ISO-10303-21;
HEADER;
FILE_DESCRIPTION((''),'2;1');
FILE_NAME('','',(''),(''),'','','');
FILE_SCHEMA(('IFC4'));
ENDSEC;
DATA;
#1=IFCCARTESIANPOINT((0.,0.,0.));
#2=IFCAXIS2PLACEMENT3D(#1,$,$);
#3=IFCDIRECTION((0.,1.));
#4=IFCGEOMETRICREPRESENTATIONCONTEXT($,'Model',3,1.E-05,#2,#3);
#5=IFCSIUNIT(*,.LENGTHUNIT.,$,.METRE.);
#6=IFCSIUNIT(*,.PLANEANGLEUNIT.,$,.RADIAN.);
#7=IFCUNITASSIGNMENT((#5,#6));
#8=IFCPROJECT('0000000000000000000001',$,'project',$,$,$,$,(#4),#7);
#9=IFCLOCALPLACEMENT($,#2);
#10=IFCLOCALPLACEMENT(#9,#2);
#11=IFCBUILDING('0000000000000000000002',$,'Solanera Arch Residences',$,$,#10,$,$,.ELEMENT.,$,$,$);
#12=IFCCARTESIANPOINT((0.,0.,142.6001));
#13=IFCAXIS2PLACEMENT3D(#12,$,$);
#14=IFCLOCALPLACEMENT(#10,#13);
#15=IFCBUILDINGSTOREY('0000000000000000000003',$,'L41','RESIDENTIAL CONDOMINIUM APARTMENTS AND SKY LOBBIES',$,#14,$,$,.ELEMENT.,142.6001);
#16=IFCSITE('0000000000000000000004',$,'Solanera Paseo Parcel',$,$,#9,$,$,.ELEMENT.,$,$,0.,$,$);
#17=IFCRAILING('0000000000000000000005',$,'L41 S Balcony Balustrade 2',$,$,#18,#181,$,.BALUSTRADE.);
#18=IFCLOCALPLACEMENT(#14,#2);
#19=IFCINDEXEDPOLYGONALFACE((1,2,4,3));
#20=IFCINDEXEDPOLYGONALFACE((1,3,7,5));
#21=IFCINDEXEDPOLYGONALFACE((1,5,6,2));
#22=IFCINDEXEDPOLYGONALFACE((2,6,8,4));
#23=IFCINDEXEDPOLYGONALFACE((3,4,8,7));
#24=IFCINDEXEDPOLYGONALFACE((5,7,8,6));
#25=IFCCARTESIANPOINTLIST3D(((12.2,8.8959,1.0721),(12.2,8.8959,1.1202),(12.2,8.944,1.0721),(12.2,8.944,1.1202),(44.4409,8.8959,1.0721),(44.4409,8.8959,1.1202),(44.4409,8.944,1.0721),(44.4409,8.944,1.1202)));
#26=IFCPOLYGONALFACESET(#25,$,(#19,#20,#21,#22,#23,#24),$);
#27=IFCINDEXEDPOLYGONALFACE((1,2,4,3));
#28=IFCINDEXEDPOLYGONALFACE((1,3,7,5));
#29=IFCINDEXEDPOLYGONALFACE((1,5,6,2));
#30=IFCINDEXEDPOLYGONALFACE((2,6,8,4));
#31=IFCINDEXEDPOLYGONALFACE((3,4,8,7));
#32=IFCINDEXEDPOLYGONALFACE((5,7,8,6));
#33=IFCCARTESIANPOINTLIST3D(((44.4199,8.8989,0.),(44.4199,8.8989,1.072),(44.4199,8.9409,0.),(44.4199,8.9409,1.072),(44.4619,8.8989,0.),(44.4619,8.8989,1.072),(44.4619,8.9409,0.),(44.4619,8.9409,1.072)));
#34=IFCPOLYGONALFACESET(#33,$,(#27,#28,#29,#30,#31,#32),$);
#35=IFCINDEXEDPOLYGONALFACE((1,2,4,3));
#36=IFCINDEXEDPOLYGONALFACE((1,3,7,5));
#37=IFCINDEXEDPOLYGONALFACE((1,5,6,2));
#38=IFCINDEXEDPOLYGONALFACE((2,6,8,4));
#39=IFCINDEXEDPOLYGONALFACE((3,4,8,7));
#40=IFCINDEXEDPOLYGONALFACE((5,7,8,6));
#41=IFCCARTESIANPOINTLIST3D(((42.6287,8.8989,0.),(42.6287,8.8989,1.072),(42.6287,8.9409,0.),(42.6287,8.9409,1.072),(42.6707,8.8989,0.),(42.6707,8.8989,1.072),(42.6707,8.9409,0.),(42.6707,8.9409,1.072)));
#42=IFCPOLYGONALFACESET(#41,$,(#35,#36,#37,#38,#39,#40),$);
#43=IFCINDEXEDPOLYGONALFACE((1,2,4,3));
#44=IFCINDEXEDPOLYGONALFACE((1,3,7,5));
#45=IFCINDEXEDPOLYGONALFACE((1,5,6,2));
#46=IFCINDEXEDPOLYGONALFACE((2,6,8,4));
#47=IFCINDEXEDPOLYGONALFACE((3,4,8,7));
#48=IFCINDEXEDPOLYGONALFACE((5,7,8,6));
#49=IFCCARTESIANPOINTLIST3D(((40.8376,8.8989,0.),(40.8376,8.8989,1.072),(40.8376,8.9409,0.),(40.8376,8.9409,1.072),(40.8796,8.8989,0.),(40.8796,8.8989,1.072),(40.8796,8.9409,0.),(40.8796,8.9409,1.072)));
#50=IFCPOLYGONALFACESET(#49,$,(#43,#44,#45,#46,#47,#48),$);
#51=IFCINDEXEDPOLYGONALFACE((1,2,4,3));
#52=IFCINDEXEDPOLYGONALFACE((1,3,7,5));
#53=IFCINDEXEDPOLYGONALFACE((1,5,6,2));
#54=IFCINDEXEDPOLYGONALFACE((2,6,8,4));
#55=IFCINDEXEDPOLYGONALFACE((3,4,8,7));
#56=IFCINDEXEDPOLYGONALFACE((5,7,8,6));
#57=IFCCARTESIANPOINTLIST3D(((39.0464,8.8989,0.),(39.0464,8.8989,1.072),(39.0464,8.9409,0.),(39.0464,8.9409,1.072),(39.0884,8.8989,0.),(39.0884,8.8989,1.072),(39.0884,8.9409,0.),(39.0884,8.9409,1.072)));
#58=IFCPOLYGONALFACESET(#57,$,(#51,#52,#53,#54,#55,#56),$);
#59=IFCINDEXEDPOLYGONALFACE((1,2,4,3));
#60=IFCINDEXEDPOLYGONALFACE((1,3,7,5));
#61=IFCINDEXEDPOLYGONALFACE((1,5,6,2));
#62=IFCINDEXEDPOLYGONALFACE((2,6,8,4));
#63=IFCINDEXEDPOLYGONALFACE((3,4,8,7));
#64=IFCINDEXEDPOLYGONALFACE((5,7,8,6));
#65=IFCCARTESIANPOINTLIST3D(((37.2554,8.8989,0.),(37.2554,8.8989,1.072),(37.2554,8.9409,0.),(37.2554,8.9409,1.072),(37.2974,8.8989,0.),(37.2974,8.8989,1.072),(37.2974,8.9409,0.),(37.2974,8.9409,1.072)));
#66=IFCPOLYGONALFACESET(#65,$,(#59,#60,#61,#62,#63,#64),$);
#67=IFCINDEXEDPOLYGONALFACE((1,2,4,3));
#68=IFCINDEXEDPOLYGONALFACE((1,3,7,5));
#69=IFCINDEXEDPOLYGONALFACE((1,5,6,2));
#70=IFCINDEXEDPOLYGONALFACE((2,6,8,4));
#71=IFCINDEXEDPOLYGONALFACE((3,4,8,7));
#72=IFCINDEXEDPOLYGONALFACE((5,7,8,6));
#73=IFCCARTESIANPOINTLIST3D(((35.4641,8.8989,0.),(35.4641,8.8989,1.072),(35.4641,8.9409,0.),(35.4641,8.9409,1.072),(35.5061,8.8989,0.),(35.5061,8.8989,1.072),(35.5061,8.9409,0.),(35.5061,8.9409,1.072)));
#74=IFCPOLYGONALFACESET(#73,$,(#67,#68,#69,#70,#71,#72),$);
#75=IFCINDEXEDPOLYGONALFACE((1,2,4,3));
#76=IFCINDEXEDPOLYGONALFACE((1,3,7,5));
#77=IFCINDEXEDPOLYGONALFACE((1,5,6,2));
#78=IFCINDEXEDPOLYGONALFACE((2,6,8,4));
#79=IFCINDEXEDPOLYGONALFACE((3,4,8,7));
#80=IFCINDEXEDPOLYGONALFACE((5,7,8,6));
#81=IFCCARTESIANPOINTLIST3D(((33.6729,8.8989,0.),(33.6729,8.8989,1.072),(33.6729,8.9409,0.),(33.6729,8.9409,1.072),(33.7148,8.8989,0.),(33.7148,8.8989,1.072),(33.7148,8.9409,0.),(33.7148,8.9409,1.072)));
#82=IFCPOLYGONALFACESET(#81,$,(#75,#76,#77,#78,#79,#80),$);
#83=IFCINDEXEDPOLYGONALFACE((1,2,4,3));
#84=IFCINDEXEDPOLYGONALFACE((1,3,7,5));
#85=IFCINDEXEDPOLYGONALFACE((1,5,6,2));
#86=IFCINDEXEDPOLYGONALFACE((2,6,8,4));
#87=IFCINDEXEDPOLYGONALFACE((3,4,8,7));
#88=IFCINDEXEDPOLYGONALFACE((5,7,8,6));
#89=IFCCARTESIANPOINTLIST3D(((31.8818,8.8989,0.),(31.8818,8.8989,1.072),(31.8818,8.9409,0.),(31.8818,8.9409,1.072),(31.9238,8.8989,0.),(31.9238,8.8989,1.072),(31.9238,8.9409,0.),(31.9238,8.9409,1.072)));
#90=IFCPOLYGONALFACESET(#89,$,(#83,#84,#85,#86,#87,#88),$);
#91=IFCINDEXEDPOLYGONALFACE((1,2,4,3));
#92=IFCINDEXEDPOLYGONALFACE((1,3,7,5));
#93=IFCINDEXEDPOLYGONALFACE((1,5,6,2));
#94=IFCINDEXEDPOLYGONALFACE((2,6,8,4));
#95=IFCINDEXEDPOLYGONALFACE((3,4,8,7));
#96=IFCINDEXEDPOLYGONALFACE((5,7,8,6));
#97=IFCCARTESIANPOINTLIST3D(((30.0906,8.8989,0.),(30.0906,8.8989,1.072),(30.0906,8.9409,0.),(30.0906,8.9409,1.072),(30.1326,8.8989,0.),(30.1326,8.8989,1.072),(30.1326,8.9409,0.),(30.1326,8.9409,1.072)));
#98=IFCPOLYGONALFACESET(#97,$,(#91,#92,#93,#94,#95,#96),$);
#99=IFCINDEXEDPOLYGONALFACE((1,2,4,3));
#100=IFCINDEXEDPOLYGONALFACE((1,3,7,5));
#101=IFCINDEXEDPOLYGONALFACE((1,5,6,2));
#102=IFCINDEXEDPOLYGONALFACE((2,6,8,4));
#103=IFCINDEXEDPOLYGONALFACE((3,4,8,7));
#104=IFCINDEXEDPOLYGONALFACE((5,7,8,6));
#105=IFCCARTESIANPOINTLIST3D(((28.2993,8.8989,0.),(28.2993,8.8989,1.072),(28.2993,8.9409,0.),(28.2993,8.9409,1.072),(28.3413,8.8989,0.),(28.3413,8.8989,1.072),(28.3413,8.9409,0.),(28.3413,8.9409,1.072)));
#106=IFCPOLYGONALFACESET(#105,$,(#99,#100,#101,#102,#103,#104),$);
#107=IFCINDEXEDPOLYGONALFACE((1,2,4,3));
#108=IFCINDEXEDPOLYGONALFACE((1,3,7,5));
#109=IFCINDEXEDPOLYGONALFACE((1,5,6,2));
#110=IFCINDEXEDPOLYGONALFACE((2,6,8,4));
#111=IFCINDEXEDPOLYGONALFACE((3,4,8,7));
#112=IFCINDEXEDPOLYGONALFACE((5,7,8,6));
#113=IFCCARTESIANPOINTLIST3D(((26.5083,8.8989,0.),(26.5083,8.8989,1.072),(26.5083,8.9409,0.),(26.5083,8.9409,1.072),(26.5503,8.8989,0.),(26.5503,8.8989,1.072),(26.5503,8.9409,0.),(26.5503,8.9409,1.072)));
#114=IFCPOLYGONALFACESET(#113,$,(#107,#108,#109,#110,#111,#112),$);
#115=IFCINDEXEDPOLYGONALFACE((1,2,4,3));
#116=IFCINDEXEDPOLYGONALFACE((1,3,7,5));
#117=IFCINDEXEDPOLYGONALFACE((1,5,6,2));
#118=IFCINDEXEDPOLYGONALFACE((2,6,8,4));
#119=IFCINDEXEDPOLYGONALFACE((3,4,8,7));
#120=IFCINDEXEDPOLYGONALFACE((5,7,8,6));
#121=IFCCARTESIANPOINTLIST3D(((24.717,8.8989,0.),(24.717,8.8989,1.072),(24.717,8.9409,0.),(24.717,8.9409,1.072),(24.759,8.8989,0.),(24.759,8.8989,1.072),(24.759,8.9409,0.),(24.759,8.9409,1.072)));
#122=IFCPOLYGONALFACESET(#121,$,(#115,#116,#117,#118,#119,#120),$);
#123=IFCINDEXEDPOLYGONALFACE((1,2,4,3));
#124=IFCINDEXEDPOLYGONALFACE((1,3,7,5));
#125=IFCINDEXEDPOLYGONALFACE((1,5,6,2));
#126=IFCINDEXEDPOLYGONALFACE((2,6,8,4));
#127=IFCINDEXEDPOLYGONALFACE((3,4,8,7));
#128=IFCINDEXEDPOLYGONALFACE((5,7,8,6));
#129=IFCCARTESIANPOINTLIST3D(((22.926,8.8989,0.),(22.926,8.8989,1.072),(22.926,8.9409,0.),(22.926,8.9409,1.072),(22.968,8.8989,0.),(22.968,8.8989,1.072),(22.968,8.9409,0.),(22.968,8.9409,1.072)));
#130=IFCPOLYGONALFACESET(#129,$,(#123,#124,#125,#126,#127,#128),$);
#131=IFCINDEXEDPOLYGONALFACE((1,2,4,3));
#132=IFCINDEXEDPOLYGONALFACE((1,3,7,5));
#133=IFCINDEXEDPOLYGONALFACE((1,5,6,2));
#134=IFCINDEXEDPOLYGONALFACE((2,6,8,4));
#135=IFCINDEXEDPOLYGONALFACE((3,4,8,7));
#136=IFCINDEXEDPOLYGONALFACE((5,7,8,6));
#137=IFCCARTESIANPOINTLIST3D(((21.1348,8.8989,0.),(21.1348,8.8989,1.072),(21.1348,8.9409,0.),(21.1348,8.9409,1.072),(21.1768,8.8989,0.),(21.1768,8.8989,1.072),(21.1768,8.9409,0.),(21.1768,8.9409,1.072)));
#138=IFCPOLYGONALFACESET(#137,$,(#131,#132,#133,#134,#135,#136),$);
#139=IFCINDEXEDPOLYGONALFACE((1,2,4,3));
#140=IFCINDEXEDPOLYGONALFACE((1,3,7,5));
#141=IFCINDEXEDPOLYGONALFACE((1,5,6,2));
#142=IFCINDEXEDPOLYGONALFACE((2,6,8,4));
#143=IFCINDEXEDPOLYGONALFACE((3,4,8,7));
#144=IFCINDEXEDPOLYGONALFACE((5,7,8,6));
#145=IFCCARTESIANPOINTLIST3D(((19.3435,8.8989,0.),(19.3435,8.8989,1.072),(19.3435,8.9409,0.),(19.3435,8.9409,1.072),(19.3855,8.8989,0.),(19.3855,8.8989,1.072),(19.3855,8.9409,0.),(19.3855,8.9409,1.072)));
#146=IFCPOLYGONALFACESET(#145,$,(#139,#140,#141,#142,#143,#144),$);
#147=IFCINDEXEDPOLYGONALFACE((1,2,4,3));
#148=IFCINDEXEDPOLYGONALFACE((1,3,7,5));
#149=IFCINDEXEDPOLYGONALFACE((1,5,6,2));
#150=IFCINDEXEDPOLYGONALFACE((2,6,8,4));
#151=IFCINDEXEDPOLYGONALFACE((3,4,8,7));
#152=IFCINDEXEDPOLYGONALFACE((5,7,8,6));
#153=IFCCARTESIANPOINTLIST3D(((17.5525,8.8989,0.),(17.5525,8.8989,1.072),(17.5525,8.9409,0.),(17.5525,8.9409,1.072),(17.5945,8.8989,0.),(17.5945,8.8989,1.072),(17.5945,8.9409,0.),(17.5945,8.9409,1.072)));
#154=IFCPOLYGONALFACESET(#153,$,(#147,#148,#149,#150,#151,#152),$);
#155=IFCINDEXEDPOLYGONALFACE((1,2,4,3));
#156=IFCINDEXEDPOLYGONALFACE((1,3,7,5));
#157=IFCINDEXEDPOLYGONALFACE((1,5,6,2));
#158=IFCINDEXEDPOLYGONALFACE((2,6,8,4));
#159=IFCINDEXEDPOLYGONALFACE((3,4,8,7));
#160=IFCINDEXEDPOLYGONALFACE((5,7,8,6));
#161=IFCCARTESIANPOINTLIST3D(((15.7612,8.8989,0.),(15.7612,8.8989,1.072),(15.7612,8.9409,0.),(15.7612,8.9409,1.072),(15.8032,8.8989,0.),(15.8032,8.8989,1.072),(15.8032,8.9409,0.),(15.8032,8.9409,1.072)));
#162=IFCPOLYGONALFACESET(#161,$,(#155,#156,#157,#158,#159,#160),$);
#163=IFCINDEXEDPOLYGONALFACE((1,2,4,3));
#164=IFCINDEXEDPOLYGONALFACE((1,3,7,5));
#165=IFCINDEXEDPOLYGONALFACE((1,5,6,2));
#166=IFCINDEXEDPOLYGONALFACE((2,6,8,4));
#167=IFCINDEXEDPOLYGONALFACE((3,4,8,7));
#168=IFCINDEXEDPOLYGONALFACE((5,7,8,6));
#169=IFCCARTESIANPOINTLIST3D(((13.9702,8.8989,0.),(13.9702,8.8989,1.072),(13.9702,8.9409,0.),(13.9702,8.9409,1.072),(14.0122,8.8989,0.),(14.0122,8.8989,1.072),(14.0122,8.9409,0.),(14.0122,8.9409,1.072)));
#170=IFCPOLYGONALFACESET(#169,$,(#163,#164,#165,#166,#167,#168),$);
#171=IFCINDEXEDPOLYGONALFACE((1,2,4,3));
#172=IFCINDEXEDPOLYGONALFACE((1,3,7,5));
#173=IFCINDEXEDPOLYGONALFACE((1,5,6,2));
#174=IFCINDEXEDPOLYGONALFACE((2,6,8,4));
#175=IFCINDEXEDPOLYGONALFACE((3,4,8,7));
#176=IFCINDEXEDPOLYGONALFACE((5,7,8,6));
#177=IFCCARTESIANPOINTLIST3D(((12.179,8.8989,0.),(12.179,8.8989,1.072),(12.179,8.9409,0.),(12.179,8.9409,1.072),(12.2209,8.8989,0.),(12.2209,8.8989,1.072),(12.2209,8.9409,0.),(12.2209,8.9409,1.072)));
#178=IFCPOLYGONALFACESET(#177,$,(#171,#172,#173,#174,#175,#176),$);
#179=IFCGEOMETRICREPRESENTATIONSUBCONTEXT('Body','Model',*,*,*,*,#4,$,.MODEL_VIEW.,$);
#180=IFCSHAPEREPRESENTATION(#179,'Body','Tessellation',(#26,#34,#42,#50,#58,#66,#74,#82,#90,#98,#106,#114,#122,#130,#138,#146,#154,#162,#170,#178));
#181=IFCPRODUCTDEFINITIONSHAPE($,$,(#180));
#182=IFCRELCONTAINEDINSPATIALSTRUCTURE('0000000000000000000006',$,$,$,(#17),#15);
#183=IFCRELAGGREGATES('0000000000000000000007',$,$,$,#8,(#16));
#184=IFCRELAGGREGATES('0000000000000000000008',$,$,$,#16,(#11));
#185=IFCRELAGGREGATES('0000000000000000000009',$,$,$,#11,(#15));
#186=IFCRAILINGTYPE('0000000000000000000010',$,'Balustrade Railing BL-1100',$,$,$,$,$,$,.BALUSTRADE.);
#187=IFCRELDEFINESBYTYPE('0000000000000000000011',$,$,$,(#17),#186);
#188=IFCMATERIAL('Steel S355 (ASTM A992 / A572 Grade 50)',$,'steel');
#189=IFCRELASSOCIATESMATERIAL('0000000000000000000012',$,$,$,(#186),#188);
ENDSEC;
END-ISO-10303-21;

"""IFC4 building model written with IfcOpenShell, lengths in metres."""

from ifc_helpers import new_model, si_unit, direction, frame, origin, origin_2d, place, context, subcontext, project, spatial, rectangle, extrude, material, type_object, element, save


model = new_model("IFC4")

# Units and contexts
model_context = context("Model", 3, precision=1e-05, world=origin(), true_north=direction((0.0, 1.0)))
body_context = subcontext(model_context, "Body", "Model", "MODEL_VIEW")
ifc_project = project(units=[si_unit("LENGTHUNIT", "METRE"), si_unit("PLANEANGLEUNIT", "RADIAN")], contexts=[model_context])

# Site, building, storey
site_placement = place(None, origin())
site = spatial("IfcSite", under=ifc_project, at=site_placement, Name="Solanera Paseo Parcel", CompositionType="ELEMENT", RefElevation=0.0)
building_placement = place(site_placement, origin())
building = spatial("IfcBuilding", under=site, at=building_placement, Name="Solanera Arch Residences", CompositionType="ELEMENT")
storey_placement = place(building_placement, frame((0.0, 0.0, 142.6001)))
storey = spatial("IfcBuildingStorey", under=building, at=storey_placement, Name="L41", Description="RESIDENTIAL CONDOMINIUM APARTMENTS AND SKY LOBBIES", CompositionType="ELEMENT", Elevation=142.6001)

# Railing
ifc_material_1 = material(Name="Steel S355 (ASTM A992 / A572 Grade 50)", Category="steel")
railing_type = type_object("IfcRailingType", Name="Balustrade Railing BL-1100", PredefinedType="BALUSTRADE", material=ifc_material_1)
railing_1_placement = place(storey_placement, frame((44.4409, 8.9199, 0.0)))
element("IfcRailing", 1, at=railing_1_placement, inside=storey, type_object=railing_type, Name="L41 S Balcony Balustrade 2", PredefinedType="BALUSTRADE", context=body_context, shape_type="SweptSolid", body=[
    extrude(rectangle(XDim=0.0481, YDim=0.0481, at=origin_2d()), frame((0.0, 0.0, 1.0962), z_axis=(-1.0, 0.0, 0.0), x_axis=(0.0, -1.0, 0.0)), (0.0, 0.0, 1.0), 32.241),
    extrude(rectangle(XDim=0.042, YDim=0.042, at=origin_2d()), origin(), (0.0, 0.0, 1.0), 1.072),
    extrude(rectangle(XDim=0.042, YDim=0.042, at=origin_2d()), frame((-1.7913, 0.0, 0.0)), (0.0, 0.0, 1.0), 1.072),
    extrude(rectangle(XDim=0.042, YDim=0.042, at=origin_2d()), frame((-3.5823, 0.0, 0.0)), (0.0, 0.0, 1.0), 1.072),
    extrude(rectangle(XDim=0.042, YDim=0.042, at=origin_2d()), frame((-5.3735, 0.0, 0.0)), (0.0, 0.0, 1.0), 1.072),
    extrude(rectangle(XDim=0.042, YDim=0.042, at=origin_2d()), frame((-7.1646, 0.0, 0.0)), (0.0, 0.0, 1.0), 1.072),
    extrude(rectangle(XDim=0.042, YDim=0.042, at=origin_2d()), frame((-8.9558, 0.0, 0.0)), (0.0, 0.0, 1.0), 1.072),
    extrude(rectangle(XDim=0.042, YDim=0.042, at=origin_2d()), frame((-10.7471, 0.0, 0.0)), (0.0, 0.0, 1.0), 1.072),
    extrude(rectangle(XDim=0.042, YDim=0.042, at=origin_2d()), frame((-12.5381, 0.0, 0.0)), (0.0, 0.0, 1.0), 1.072),
    extrude(rectangle(XDim=0.042, YDim=0.042, at=origin_2d()), frame((-14.3293, 0.0, 0.0)), (0.0, 0.0, 1.0), 1.072),
    extrude(rectangle(XDim=0.042, YDim=0.042, at=origin_2d()), frame((-16.1206, 0.0, 0.0)), (0.0, 0.0, 1.0), 1.072),
    extrude(rectangle(XDim=0.042, YDim=0.042, at=origin_2d()), frame((-17.9116, 0.0, 0.0)), (0.0, 0.0, 1.0), 1.072),
    extrude(rectangle(XDim=0.042, YDim=0.042, at=origin_2d()), frame((-19.7029, 0.0, 0.0)), (0.0, 0.0, 1.0), 1.072),
    extrude(rectangle(XDim=0.042, YDim=0.042, at=origin_2d()), frame((-21.4939, 0.0, 0.0)), (0.0, 0.0, 1.0), 1.072),
    extrude(rectangle(XDim=0.042, YDim=0.042, at=origin_2d()), frame((-23.2852, 0.0, 0.0)), (0.0, 0.0, 1.0), 1.072),
    extrude(rectangle(XDim=0.042, YDim=0.042, at=origin_2d()), frame((-25.0764, 0.0, 0.0)), (0.0, 0.0, 1.0), 1.072),
    extrude(rectangle(XDim=0.042, YDim=0.042, at=origin_2d()), frame((-26.8674, 0.0, 0.0)), (0.0, 0.0, 1.0), 1.072),
    extrude(rectangle(XDim=0.042, YDim=0.042, at=origin_2d()), frame((-28.6587, 0.0, 0.0)), (0.0, 0.0, 1.0), 1.072),
    extrude(rectangle(XDim=0.042, YDim=0.042, at=origin_2d()), frame((-30.4497, 0.0, 0.0)), (0.0, 0.0, 1.0), 1.072),
    extrude(rectangle(XDim=0.042, YDim=0.042, at=origin_2d()), frame((-32.241, 0.0, 0.0)), (0.0, 0.0, 1.0), 1.072),
])

save(model, "model.ifc")
